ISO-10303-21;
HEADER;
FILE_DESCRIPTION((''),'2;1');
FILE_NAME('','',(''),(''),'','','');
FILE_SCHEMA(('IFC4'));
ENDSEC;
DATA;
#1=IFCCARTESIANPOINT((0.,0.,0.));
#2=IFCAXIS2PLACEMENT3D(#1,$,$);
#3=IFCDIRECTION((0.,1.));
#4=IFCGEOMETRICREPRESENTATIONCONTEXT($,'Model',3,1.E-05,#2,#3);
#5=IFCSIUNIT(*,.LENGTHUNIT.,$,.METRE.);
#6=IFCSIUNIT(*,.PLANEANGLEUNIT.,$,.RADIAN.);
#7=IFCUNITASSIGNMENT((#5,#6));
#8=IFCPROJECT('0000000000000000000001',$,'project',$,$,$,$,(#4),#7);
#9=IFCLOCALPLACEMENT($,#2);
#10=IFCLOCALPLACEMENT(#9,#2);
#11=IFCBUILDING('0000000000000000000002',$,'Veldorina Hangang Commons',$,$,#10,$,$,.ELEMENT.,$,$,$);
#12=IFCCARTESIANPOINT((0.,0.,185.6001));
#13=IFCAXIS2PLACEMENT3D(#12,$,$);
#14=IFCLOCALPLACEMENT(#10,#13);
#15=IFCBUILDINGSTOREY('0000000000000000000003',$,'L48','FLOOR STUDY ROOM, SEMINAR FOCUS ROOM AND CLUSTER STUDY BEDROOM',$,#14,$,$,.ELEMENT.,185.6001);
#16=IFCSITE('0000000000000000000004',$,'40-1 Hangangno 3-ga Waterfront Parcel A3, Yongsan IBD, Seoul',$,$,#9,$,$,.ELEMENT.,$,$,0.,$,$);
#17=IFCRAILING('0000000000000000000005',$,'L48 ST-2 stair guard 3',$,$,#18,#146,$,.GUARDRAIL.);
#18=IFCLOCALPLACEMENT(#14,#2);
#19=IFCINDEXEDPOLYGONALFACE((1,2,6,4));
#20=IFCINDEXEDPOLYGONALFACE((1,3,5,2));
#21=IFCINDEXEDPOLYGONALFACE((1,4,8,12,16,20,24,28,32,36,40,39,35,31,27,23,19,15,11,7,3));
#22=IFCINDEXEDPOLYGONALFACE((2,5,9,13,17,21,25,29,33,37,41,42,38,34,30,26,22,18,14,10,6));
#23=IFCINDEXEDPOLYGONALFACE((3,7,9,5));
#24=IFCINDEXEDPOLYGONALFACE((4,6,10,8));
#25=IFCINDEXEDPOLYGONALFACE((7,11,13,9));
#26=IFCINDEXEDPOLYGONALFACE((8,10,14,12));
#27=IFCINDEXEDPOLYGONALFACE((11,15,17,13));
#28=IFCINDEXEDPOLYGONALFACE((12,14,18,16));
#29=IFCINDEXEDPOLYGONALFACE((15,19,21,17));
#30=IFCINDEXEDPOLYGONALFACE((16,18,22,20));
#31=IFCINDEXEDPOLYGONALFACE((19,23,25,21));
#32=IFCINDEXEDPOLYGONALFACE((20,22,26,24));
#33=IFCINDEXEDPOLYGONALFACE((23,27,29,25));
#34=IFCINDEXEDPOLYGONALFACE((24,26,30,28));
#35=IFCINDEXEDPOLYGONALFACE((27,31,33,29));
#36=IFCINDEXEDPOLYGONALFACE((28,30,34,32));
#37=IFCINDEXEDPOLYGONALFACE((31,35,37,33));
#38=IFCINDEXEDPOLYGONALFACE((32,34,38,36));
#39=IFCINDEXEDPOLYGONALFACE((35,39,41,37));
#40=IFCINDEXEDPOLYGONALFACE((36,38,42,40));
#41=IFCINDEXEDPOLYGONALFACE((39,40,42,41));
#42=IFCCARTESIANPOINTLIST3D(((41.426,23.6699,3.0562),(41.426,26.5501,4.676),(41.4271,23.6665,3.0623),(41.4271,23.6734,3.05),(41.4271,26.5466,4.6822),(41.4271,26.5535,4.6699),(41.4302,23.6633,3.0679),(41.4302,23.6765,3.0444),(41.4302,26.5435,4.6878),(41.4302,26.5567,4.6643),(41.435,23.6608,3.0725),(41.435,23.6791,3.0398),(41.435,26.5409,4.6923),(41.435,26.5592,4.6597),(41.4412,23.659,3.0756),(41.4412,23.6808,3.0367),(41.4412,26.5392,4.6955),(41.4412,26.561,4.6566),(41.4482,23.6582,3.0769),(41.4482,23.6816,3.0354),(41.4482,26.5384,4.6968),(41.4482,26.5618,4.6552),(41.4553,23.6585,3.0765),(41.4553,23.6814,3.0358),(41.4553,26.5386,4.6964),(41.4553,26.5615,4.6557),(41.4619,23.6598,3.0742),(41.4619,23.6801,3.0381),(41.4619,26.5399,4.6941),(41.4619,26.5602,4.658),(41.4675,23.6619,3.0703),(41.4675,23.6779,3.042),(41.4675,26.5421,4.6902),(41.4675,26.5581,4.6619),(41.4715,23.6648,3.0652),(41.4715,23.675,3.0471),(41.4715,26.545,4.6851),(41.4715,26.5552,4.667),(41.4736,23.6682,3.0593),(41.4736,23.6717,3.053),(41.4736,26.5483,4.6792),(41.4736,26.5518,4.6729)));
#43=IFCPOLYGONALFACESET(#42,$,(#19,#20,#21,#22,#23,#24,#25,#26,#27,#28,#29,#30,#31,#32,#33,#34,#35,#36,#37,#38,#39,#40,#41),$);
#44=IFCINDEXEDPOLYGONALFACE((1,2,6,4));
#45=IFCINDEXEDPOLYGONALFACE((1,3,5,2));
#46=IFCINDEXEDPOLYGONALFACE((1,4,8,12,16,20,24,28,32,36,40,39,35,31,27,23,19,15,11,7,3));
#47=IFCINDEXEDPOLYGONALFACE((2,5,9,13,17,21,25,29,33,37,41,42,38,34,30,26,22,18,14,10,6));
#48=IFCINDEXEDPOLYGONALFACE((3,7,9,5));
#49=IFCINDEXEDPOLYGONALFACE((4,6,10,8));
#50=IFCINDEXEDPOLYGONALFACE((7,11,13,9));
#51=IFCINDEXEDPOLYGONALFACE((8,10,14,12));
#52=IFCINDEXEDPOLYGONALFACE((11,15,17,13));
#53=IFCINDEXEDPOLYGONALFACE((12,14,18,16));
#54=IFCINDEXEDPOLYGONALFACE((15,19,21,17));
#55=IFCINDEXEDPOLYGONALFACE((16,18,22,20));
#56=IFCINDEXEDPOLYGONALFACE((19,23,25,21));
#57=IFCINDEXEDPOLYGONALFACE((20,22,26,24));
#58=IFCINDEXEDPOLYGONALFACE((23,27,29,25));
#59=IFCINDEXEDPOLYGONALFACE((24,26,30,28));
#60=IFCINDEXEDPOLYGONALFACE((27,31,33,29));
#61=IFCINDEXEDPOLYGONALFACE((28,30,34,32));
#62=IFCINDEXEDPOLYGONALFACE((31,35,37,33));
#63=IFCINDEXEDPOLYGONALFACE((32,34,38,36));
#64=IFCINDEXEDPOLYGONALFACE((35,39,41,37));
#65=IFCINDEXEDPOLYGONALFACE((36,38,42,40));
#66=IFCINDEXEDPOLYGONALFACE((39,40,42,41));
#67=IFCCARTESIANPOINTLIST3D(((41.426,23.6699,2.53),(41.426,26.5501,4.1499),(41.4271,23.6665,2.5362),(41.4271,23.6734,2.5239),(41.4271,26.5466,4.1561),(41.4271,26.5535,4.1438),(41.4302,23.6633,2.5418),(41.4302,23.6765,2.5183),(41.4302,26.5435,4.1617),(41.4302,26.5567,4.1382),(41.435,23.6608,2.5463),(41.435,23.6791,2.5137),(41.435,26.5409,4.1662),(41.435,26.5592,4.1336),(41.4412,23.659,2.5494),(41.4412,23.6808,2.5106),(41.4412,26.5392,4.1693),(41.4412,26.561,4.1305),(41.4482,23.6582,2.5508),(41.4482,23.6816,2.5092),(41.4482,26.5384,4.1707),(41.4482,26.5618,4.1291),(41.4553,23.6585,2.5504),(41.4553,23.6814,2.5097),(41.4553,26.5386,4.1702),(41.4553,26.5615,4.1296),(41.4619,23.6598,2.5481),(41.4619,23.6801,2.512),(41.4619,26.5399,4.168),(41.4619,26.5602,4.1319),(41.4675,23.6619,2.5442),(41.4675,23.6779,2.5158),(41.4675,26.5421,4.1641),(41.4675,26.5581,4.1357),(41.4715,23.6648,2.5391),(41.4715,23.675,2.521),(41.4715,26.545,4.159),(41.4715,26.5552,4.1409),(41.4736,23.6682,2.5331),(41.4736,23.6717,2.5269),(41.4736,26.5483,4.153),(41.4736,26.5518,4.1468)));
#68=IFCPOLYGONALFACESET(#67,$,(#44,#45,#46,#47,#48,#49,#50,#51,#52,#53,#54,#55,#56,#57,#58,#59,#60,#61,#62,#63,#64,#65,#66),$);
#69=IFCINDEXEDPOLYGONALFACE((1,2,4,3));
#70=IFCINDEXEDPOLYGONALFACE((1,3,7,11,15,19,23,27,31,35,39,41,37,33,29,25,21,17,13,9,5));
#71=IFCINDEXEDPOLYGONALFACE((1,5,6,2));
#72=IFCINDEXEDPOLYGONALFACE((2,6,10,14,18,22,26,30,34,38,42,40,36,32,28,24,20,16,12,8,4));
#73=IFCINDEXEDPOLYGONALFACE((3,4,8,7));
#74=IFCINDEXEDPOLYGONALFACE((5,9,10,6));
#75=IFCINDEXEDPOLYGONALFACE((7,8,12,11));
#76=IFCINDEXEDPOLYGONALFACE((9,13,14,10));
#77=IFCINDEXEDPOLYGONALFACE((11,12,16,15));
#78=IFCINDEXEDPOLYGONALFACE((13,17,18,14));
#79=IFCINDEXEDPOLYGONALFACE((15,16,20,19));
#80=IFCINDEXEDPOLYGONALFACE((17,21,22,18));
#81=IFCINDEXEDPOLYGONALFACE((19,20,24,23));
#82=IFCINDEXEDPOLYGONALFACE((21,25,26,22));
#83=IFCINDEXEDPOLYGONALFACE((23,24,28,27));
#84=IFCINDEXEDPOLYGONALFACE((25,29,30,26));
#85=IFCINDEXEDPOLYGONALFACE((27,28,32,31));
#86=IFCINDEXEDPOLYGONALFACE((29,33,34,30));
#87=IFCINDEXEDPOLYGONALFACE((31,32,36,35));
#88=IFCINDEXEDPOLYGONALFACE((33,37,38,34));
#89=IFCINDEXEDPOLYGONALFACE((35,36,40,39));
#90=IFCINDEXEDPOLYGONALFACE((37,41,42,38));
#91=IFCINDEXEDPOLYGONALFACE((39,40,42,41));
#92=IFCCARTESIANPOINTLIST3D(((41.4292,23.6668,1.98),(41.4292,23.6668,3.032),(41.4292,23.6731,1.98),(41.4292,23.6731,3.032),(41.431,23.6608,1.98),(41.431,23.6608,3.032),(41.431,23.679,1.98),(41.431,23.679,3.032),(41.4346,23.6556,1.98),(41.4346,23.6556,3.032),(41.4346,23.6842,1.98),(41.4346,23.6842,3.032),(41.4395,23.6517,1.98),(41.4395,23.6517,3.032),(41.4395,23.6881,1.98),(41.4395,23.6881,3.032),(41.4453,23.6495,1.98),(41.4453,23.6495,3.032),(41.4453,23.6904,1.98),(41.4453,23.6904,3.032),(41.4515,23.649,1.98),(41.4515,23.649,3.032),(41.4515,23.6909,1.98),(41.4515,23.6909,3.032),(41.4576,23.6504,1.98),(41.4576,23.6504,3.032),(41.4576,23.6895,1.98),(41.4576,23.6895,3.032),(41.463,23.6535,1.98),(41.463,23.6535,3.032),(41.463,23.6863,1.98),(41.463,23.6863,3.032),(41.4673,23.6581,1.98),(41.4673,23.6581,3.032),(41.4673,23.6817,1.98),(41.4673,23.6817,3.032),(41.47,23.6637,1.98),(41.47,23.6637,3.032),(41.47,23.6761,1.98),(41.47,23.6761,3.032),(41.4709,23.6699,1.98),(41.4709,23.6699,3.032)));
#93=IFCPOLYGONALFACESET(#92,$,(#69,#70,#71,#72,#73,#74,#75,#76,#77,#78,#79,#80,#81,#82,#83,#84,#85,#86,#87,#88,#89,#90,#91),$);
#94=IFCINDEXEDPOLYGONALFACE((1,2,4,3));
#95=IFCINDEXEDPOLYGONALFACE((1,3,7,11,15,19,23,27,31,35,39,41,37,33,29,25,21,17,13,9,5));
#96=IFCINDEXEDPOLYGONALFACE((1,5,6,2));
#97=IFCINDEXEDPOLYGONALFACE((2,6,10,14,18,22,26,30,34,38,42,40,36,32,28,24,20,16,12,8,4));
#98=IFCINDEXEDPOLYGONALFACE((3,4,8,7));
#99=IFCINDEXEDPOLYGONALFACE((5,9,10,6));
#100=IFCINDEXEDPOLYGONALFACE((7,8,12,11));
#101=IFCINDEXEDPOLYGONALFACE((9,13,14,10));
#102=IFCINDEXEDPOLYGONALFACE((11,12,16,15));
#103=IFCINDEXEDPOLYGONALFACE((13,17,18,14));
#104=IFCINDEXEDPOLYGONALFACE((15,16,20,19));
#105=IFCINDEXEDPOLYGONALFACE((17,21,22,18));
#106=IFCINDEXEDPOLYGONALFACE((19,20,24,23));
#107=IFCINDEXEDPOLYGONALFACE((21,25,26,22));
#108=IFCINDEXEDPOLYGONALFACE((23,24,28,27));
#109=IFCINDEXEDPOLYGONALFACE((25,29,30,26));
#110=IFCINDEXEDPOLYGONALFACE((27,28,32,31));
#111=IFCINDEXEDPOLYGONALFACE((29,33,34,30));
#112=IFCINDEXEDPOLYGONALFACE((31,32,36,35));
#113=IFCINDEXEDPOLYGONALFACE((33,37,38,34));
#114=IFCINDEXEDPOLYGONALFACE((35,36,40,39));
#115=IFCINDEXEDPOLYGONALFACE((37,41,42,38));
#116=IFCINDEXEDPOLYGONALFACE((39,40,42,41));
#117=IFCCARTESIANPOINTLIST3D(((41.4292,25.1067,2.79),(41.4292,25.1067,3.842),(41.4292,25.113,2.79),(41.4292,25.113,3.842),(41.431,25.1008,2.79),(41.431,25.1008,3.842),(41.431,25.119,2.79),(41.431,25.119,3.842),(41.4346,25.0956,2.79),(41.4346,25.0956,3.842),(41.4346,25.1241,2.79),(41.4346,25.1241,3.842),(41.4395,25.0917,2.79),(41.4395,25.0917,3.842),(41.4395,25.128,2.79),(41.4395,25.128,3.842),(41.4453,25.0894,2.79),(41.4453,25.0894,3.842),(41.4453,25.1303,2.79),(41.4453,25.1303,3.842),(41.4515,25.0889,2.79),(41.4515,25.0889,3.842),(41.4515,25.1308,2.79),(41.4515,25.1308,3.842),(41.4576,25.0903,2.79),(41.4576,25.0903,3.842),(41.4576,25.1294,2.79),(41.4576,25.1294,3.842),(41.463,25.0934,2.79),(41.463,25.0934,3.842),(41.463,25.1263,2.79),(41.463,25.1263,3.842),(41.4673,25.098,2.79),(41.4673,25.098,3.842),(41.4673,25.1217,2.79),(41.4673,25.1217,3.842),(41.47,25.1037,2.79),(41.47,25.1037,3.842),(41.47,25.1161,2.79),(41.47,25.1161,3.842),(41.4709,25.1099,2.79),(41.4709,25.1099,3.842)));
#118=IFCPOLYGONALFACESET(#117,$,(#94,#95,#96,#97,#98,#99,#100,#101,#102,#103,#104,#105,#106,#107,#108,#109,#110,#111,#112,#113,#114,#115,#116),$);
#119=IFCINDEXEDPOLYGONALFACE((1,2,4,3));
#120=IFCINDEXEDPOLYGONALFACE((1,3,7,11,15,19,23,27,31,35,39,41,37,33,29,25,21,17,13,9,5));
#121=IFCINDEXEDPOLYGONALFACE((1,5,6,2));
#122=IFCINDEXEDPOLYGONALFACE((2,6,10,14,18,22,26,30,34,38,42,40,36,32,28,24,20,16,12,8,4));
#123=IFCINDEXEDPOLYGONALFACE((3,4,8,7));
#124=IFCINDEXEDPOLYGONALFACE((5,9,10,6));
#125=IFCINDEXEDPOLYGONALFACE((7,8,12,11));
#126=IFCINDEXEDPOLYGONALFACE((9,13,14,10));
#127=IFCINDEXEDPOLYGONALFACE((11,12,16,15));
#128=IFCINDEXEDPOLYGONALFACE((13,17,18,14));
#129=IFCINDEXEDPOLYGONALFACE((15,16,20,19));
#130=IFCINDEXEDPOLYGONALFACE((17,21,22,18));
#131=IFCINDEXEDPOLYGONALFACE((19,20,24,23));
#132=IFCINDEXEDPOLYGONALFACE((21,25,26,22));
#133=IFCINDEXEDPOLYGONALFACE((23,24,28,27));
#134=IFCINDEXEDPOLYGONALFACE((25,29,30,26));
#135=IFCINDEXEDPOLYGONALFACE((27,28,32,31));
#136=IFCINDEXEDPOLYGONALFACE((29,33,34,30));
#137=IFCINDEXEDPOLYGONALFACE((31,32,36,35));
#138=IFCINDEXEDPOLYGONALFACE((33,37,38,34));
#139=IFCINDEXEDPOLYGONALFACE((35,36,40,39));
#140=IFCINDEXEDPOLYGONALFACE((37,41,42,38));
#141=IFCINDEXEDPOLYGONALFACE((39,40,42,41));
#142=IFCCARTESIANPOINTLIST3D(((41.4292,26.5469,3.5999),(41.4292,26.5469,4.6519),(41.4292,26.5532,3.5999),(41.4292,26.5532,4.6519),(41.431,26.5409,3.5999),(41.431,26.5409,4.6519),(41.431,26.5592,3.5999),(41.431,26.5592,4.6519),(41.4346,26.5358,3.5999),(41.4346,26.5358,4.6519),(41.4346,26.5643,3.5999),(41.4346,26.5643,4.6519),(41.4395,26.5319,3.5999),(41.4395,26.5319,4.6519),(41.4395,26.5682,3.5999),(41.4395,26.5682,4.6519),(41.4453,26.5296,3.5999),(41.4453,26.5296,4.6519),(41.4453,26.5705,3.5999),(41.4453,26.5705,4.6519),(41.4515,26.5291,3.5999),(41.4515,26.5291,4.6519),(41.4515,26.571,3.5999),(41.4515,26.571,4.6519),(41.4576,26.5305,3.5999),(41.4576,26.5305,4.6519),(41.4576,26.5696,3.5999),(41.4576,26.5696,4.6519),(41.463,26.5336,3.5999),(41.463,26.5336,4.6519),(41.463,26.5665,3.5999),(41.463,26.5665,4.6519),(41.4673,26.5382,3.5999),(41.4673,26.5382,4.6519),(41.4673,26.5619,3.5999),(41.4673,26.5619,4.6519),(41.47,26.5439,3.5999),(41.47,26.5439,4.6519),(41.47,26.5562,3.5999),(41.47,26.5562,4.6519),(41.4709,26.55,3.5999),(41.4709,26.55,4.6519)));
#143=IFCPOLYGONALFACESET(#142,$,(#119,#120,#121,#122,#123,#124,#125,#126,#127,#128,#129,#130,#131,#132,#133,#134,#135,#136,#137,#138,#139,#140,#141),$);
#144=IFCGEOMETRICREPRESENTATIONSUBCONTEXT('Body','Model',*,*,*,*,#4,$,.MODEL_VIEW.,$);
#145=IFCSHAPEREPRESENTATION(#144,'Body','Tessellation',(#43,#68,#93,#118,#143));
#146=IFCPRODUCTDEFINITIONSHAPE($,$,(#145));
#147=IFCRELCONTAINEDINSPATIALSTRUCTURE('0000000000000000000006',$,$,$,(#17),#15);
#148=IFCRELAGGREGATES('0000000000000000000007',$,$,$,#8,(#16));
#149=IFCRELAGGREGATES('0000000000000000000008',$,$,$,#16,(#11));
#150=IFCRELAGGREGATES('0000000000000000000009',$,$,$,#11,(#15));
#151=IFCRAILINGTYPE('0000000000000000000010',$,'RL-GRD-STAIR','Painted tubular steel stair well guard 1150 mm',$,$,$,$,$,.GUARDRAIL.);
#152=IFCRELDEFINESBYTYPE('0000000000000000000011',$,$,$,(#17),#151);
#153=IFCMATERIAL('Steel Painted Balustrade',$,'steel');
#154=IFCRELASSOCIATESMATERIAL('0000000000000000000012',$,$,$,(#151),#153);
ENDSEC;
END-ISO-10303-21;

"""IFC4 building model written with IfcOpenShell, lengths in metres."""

from ifc_helpers import new_model, si_unit, direction, frame, origin, origin_2d, place, context, subcontext, project, spatial, circle, extrude, material, type_object, element, save


model = new_model("IFC4")

# Units and contexts
model_context = context("Model", 3, precision=1e-05, world=origin(), true_north=direction((0.0, 1.0)))
body_context = subcontext(model_context, "Body", "Model", "MODEL_VIEW")
ifc_project = project(units=[si_unit("LENGTHUNIT", "METRE"), si_unit("PLANEANGLEUNIT", "RADIAN")], contexts=[model_context])

# Site, building, storey
site_placement = place(None, origin())
site = spatial("IfcSite", under=ifc_project, at=site_placement, Name="40-1 Hangangno 3-ga Waterfront Parcel A3, Yongsan IBD, Seoul", CompositionType="ELEMENT", RefElevation=0.0)
building_placement = place(site_placement, origin())
building = spatial("IfcBuilding", under=site, at=building_placement, Name="Veldorina Hangang Commons", CompositionType="ELEMENT")
storey_placement = place(building_placement, frame((0.0, 0.0, 185.6001)))
storey = spatial("IfcBuildingStorey", under=building, at=storey_placement, Name="L48", Description="FLOOR STUDY ROOM, SEMINAR FOCUS ROOM AND CLUSTER STUDY BEDROOM", CompositionType="ELEMENT", Elevation=185.6001)

# Railing
ifc_material_1 = material(Name="Steel Painted Balustrade", Category="steel")
railing_type = type_object("IfcRailingType", Name="RL-GRD-STAIR", Description="Painted tubular steel stair well guard 1150 mm", PredefinedType="GUARDRAIL", material=ifc_material_1)
railing_1_placement = place(storey_placement, frame((41.45, 23.6699, 1.98)))
element("IfcRailing", 1, at=railing_1_placement, inside=storey, type_object=railing_type, Name="L48 ST-2 stair guard 3", PredefinedType="GUARDRAIL", context=body_context, shape_type="SweptSolid", body=[
    extrude(circle(Radius=0.0239, at=origin_2d()), frame((0.0, 0.0, 1.0762), z_axis=(0.0, 0.871601, 0.490216), x_axis=(-1.0, 0.0, 0.0)), (0.0, 0.0, 1.0), 3.3044),
    extrude(circle(Radius=0.0239, at=origin_2d()), frame((0.0, 0.0, 0.55), z_axis=(0.0, 0.871601, 0.490216), x_axis=(-1.0, 0.0, 0.0)), (0.0, 0.0, 1.0), 3.3044),
    extrude(circle(Radius=0.021, at=origin_2d()), origin(), (0.0, 0.0, 1.0), 1.052),
    extrude(circle(Radius=0.021, at=origin_2d()), frame((0.0, 1.4399, 0.8101)), (0.0, 0.0, 1.0), 1.052),
    extrude(circle(Radius=0.021, at=origin_2d()), frame((0.0, 2.8801, 1.6199)), (0.0, 0.0, 1.0), 1.052),
])

save(model, "model.ifc")
